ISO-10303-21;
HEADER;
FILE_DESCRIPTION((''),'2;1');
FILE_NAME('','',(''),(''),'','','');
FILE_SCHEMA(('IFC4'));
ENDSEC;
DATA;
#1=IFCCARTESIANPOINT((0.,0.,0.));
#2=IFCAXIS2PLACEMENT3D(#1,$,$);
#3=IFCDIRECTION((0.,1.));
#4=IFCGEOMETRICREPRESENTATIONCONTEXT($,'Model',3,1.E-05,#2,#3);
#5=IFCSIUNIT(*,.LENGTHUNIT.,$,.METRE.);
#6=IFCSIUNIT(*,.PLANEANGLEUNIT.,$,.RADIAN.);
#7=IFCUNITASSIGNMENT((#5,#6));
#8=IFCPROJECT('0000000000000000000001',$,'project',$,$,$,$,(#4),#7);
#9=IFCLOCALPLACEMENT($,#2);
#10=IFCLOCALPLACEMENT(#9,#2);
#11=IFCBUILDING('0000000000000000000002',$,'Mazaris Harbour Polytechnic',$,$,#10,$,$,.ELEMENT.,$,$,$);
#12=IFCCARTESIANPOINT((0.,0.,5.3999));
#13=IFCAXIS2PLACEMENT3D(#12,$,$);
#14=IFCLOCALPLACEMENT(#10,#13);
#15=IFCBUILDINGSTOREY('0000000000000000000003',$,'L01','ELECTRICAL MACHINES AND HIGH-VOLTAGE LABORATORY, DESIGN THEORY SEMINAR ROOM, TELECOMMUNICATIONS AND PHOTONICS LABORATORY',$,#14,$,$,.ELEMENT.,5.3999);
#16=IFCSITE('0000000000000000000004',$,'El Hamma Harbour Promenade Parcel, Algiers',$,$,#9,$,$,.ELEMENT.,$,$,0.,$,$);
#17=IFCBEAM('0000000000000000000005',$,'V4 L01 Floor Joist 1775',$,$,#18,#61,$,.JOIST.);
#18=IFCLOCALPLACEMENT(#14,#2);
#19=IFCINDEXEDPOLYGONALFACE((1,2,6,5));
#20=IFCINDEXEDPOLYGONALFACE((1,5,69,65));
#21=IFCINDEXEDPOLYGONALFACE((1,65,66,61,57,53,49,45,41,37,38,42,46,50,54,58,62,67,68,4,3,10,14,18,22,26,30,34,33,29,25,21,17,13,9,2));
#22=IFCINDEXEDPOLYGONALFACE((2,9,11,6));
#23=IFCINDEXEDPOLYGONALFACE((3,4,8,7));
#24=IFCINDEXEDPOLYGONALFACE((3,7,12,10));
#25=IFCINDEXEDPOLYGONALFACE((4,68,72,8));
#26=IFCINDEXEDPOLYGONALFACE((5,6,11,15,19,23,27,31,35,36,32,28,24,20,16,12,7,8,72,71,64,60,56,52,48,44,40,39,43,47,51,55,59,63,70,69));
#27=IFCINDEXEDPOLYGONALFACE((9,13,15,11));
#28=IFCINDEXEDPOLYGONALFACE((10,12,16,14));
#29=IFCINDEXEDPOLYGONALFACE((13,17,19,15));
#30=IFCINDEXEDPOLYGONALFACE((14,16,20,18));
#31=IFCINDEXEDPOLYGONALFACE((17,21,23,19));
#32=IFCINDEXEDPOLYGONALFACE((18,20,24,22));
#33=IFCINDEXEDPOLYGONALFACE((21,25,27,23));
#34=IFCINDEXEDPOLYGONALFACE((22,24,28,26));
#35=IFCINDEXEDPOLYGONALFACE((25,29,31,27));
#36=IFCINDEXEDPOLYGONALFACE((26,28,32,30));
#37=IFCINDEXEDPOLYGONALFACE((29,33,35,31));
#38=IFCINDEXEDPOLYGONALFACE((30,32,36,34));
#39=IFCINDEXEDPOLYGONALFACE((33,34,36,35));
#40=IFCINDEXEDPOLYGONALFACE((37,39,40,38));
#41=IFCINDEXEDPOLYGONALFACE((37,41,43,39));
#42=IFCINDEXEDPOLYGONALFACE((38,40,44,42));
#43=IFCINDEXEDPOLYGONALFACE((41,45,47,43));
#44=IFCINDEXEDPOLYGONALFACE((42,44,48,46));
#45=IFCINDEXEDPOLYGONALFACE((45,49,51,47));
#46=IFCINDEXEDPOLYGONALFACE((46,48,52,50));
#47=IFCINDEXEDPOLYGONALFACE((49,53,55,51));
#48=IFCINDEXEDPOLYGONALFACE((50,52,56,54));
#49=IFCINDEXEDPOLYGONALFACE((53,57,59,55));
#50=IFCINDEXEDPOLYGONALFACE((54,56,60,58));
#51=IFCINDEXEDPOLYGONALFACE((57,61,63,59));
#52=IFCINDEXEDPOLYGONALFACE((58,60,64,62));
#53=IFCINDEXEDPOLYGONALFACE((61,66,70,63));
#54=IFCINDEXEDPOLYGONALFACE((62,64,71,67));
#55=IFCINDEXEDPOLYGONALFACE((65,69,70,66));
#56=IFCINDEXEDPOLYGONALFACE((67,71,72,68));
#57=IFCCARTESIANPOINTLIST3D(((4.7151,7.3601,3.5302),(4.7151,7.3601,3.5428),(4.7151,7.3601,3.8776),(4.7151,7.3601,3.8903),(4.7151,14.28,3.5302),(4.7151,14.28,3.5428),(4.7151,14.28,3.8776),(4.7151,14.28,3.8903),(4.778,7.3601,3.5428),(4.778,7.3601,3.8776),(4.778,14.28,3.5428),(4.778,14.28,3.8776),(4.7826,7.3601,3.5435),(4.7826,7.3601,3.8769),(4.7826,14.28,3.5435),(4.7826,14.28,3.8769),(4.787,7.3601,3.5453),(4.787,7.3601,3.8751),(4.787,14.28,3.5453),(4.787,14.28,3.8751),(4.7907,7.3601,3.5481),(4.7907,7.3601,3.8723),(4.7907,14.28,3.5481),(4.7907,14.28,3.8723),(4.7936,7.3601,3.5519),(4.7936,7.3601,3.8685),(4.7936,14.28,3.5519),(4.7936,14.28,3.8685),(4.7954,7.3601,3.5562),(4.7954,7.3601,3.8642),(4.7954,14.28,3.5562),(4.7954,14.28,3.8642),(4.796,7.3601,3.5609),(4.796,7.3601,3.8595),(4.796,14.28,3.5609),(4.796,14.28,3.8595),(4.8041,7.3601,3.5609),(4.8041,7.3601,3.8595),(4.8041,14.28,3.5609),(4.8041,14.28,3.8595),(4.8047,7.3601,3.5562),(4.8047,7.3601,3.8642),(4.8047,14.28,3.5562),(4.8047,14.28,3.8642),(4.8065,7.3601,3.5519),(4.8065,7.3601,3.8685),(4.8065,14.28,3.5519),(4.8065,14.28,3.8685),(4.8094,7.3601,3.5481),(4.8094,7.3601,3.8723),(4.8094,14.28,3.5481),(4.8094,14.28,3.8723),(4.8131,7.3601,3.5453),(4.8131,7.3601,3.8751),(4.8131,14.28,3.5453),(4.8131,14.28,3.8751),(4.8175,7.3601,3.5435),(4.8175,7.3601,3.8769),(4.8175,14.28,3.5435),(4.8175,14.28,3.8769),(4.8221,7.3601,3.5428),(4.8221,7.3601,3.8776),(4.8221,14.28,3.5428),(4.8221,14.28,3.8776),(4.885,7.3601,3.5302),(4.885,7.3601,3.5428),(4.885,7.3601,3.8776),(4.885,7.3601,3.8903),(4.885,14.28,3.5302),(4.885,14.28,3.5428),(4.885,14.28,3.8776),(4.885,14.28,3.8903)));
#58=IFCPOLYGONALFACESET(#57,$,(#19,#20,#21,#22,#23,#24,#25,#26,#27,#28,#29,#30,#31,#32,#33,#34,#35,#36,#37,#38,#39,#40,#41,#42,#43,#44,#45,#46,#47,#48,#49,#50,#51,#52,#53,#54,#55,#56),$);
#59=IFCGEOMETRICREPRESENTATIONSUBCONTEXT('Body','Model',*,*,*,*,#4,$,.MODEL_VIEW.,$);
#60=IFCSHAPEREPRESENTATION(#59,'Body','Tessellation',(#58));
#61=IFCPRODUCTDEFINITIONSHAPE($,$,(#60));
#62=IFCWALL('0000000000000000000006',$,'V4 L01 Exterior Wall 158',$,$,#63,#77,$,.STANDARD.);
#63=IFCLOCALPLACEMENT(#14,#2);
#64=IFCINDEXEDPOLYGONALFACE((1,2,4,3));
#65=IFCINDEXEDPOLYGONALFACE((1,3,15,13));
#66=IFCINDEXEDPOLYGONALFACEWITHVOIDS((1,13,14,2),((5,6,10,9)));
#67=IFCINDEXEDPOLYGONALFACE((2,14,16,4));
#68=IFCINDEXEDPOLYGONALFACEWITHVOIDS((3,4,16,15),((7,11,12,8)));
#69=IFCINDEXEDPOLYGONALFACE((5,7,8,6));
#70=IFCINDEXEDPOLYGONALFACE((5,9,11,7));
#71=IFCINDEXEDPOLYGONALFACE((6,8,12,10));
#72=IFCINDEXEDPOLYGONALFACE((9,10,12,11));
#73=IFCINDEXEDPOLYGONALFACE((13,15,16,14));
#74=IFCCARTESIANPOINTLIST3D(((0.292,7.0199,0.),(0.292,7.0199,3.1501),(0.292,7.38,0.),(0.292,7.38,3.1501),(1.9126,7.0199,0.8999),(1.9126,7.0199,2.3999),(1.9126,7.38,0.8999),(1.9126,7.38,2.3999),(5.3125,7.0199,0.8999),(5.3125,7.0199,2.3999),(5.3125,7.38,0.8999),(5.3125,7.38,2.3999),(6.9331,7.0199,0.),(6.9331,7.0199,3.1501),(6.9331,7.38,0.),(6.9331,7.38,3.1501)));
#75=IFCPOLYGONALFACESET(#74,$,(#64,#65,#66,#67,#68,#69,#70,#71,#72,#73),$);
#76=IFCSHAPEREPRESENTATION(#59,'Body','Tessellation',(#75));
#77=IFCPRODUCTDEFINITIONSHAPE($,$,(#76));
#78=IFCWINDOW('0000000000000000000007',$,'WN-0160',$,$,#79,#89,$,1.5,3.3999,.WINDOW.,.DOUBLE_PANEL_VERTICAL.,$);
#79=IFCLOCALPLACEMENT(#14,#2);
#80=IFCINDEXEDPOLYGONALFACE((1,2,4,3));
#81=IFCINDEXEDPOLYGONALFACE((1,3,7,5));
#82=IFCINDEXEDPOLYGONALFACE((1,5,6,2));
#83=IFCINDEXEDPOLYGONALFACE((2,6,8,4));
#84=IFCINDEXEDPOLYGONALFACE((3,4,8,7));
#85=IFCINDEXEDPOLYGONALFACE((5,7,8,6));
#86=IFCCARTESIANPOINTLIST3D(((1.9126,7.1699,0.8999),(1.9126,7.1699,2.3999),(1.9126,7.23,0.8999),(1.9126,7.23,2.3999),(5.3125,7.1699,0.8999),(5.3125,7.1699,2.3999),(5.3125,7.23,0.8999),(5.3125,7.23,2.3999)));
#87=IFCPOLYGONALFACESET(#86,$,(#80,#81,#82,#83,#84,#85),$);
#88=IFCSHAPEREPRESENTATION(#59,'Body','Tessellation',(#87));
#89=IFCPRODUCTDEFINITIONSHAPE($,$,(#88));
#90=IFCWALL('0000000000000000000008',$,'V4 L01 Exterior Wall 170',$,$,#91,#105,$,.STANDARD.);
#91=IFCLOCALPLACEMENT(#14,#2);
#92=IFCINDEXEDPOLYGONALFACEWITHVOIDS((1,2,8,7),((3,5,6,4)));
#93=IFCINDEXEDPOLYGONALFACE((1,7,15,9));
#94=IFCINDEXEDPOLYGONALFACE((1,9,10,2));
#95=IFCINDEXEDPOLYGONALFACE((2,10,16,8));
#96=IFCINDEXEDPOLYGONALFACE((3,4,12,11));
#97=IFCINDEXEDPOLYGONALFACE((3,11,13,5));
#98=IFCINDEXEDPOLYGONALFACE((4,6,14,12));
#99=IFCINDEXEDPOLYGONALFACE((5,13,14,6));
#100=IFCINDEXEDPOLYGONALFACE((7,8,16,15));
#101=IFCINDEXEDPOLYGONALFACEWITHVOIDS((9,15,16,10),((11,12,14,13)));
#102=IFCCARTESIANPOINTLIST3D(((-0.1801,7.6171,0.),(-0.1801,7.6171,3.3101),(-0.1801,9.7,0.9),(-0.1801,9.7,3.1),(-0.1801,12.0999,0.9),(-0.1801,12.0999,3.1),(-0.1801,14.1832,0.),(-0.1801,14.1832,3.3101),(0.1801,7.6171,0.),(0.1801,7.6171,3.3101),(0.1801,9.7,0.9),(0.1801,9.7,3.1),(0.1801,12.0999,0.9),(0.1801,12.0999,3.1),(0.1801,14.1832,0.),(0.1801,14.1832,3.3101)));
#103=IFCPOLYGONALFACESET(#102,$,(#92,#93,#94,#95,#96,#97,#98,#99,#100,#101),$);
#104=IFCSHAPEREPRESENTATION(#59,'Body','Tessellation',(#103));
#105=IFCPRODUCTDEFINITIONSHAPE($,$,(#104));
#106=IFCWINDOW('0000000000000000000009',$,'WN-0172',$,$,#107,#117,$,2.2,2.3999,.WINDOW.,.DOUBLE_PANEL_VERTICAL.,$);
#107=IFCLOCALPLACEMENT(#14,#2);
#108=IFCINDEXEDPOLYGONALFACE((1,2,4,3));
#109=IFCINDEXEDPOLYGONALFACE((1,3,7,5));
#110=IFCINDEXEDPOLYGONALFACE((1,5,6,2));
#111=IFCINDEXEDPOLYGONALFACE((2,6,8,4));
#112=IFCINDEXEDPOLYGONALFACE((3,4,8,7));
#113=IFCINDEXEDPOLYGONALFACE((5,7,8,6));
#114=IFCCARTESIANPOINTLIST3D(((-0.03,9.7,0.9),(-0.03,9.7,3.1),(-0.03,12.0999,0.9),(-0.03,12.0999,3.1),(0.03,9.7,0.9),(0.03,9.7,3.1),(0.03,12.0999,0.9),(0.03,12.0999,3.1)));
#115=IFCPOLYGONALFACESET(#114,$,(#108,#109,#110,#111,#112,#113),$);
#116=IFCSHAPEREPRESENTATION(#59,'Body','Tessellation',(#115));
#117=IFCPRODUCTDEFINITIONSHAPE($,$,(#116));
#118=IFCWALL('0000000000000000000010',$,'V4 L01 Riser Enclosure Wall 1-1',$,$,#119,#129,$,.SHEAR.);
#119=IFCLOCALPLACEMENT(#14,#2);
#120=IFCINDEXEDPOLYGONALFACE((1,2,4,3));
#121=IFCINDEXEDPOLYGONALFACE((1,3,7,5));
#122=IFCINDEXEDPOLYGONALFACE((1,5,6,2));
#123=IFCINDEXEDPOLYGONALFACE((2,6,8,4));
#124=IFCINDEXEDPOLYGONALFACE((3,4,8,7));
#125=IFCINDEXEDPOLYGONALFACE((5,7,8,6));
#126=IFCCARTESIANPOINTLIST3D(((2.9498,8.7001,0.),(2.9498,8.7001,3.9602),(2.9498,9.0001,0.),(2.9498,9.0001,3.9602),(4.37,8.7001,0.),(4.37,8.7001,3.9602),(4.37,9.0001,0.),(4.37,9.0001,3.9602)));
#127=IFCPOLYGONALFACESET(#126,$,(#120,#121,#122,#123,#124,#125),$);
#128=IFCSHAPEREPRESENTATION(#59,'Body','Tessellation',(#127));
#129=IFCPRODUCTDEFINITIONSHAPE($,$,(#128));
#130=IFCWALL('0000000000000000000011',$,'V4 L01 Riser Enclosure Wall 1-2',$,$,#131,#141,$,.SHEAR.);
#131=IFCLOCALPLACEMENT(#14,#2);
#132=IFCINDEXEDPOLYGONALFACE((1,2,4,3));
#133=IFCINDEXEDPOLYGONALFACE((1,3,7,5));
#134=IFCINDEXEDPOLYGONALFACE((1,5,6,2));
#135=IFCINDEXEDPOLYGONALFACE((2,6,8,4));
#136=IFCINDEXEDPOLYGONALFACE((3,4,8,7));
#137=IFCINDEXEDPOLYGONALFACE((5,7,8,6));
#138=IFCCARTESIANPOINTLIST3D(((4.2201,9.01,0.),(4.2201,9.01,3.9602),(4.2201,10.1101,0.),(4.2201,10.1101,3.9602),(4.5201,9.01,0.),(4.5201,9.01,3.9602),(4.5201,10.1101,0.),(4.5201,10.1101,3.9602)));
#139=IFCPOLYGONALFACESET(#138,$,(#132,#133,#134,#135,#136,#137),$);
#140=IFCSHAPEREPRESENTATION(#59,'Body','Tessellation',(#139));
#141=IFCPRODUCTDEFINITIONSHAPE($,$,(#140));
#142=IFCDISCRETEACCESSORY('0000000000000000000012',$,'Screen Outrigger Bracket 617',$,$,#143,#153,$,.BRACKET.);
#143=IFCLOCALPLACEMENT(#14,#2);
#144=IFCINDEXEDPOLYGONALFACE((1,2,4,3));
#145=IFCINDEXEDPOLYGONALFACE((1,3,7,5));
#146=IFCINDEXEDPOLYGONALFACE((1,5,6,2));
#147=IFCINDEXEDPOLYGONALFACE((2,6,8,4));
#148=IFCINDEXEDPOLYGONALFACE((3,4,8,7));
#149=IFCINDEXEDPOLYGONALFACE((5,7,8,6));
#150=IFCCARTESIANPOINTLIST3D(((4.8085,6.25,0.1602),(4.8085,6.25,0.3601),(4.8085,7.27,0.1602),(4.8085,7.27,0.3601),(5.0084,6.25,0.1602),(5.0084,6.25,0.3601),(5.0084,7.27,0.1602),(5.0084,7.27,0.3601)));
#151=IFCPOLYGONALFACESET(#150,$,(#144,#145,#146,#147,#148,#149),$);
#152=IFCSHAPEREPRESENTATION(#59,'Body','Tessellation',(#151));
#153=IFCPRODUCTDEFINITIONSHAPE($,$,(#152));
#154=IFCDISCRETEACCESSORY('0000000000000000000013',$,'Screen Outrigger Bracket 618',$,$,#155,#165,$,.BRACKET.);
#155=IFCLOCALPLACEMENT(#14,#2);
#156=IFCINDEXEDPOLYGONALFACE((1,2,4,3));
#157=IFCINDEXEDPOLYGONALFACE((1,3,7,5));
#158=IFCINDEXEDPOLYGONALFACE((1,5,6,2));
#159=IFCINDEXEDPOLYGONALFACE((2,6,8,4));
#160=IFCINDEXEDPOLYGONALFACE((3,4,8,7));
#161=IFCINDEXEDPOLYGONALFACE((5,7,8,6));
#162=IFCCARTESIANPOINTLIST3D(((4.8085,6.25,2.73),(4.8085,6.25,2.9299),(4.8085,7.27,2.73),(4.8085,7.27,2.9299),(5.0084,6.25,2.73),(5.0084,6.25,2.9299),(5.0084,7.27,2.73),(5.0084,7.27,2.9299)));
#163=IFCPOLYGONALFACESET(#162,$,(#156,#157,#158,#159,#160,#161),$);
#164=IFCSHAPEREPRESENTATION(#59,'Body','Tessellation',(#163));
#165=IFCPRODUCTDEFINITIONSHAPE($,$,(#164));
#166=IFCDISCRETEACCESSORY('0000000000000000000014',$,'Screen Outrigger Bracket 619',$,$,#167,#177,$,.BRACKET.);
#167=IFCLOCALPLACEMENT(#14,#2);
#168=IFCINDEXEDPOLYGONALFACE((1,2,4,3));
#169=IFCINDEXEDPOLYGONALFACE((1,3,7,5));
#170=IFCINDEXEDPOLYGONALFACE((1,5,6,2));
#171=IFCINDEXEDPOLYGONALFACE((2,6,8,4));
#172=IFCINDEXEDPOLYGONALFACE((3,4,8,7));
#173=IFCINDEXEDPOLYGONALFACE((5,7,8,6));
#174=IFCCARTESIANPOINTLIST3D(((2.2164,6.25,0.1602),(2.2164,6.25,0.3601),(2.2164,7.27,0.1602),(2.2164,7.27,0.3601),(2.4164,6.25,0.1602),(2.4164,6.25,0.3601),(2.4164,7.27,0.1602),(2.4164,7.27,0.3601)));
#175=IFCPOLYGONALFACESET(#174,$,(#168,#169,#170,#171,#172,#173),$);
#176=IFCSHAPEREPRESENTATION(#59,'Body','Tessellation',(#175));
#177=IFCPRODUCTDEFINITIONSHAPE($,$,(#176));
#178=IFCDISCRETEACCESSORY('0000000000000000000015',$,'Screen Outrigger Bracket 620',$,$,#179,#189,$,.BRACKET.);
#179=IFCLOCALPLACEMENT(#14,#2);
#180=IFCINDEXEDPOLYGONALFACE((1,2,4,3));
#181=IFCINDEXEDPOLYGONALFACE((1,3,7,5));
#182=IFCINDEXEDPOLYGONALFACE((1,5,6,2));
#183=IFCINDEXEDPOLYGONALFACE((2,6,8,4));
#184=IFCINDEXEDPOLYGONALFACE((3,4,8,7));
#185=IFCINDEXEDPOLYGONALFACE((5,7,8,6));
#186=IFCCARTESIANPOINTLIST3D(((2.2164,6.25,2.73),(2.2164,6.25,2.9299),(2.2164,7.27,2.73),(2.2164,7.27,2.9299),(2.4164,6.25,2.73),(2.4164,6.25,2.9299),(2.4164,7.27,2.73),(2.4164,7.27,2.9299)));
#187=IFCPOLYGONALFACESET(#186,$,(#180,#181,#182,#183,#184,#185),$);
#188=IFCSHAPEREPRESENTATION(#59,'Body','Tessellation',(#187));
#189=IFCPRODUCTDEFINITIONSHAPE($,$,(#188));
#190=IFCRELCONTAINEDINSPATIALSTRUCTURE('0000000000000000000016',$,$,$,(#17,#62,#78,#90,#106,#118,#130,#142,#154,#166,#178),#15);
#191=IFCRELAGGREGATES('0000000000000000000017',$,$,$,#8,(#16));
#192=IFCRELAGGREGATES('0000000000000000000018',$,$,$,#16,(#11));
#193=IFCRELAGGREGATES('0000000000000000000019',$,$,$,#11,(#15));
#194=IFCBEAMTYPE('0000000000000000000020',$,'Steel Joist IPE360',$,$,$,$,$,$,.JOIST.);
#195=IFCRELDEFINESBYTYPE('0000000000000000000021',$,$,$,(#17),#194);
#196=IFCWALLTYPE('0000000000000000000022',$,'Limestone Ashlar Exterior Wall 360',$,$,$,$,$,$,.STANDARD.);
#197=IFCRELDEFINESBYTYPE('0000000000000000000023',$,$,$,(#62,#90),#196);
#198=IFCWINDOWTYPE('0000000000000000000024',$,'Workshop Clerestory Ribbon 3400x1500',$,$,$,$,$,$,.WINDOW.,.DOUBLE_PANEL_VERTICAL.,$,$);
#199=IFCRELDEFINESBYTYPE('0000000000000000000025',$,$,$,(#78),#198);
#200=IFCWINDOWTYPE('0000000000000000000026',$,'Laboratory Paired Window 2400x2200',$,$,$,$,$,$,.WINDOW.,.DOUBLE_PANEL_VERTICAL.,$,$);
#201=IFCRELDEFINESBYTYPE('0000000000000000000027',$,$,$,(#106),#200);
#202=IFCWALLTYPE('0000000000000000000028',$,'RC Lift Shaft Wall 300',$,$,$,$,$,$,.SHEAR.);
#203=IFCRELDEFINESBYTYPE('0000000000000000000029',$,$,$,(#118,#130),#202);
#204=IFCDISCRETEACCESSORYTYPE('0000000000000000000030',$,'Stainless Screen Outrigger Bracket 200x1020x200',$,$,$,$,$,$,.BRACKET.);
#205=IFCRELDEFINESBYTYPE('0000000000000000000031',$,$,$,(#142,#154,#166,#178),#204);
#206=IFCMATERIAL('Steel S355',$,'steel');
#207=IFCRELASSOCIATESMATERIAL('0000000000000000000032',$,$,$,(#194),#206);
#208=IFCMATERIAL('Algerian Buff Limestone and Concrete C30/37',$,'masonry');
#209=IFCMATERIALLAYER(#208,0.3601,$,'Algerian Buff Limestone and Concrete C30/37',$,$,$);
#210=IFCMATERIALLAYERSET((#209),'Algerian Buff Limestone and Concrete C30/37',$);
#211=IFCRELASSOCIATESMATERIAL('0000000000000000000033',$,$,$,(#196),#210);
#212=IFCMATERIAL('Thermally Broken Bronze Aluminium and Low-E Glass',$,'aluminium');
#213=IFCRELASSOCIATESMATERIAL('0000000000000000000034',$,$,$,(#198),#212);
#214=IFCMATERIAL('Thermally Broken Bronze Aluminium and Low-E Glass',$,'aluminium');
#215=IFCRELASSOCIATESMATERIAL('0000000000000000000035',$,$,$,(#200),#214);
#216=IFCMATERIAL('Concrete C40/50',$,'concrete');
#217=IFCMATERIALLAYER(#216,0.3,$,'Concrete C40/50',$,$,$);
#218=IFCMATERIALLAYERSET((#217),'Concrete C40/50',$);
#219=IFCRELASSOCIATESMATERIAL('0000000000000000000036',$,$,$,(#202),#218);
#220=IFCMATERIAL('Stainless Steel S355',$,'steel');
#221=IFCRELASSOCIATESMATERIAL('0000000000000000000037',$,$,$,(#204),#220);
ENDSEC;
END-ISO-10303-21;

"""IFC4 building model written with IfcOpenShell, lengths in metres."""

from ifc_helpers import new_model, si_unit, direction, frame, frame_2d, origin, origin_2d, place, context, subcontext, project, spatial, rectangle, i_section, extrude, material, layer, layer_set, material_profile, profile_set, type_object, element, fill, save


model = new_model("IFC4")

# Units and contexts
model_context = context("Model", 3, precision=1e-05, world=origin(), true_north=direction((0.0, 1.0)))
body_context = subcontext(model_context, "Body", "Model", "MODEL_VIEW")
ifc_project = project(units=[si_unit("LENGTHUNIT", "METRE"), si_unit("PLANEANGLEUNIT", "RADIAN")], contexts=[model_context])

# Site, building, storey
site_placement = place(None, origin())
site = spatial("IfcSite", under=ifc_project, at=site_placement, Name="El Hamma Harbour Promenade Parcel, Algiers", CompositionType="ELEMENT", RefElevation=0.0)
building_placement = place(site_placement, origin())
building = spatial("IfcBuilding", under=site, at=building_placement, Name="Mazaris Harbour Polytechnic", CompositionType="ELEMENT")
storey_placement = place(building_placement, frame((0.0, 0.0, 5.3999)))
storey = spatial("IfcBuildingStorey", under=building, at=storey_placement, Name="L01", Description="ELECTRICAL MACHINES AND HIGH-VOLTAGE LABORATORY, DESIGN THEORY SEMINAR ROOM, TELECOMMUNICATIONS AND PHOTONICS LABORATORY", CompositionType="ELEMENT", Elevation=5.3999)

# Beam
ifc_material_1 = material(Name="Steel S355", Category="steel")
ifc_material_profile_1 = material_profile(ifc_material_1, i_section(OverallWidth=0.1699, OverallDepth=0.3601, WebThickness=0.0081, FlangeThickness=0.0127, FilletRadius=0.0181, at=origin_2d()), Name="IPE 360")
ifc_profile_set_1 = profile_set([ifc_material_profile_1], Name="Steel S355")
beam_type_1 = type_object("IfcBeamType", Name="Steel Joist IPE360", PredefinedType="JOIST", material=ifc_profile_set_1)
beam_1_placement = place(storey_placement, frame((4.8, 7.3601, 3.7102), z_axis=(0.0, 1.0, 0.0), x_axis=(-1.0, 0.0, 0.0)))
element("IfcBeam", 1, at=beam_1_placement, inside=storey, type_object=beam_type_1, Name="V4 L01 Floor Joist 1775", PredefinedType="JOIST", context=body_context, shape_type="SweptSolid", body=[
    extrude(i_section(OverallWidth=0.1699, OverallDepth=0.3601, WebThickness=0.0081, FlangeThickness=0.0127, FilletRadius=0.0181, at=origin_2d()), origin(), (0.0, 0.0, 1.0), 6.9199),
])

# Walls, openings, windows
ifc_material_2 = material(Name="Algerian Buff Limestone and Concrete C30/37", Category="masonry")
ifc_layer_1 = layer(ifc_material_2, 0.3601, Name="Algerian Buff Limestone and Concrete C30/37")
ifc_layer_set_1 = layer_set([ifc_layer_1], Name="Algerian Buff Limestone and Concrete C30/37")
wall_type_1 = type_object("IfcWallType", Name="Limestone Ashlar Exterior Wall 360", PredefinedType="STANDARD", material=ifc_layer_set_1)
wall_1_placement = place(storey_placement, frame((6.9331, 7.2, 0.0), z_axis=(0.0, 0.0, 1.0), x_axis=(-1.0, 0.0, 0.0)))
wall_1 = element("IfcWall", 2, at=wall_1_placement, inside=storey, type_object=wall_type_1, Name="V4 L01 Exterior Wall 158", PredefinedType="STANDARD", context=body_context, shape_type="SweptSolid", body=[
    extrude(rectangle(XDim=6.6411, YDim=0.3601, at=frame_2d((3.3206, 0.0))), origin(), (0.0, 0.0, 1.0), 3.1501),
])
opening_1_placement = place(wall_1_placement, frame((1.6206, 0.0, 0.8999)))
opening_1 = element("IfcOpeningElement", 3, at=opening_1_placement, cuts=wall_1, PredefinedType="OPENING", context=body_context, shape_type="SweptSolid", body=[
    extrude(rectangle(XDim=3.3999, YDim=1.5, at=frame_2d((1.7, 0.75))), frame((0.0, 0.1899, 0.0), z_axis=(0.0, -1.0, 0.0), x_axis=(1.0, 0.0, 0.0)), (0.0, 0.0, 1.0), 0.3801),
])
ifc_material_3 = material(Name="Thermally Broken Bronze Aluminium and Low-E Glass", Category="aluminium")
window_type_1 = type_object("IfcWindowType", Name="Workshop Clerestory Ribbon 3400x1500", PartitioningType="DOUBLE_PANEL_VERTICAL", PredefinedType="WINDOW", material=ifc_material_3)
window_1_placement = place(opening_1_placement, origin())
window_1 = element("IfcWindow", 4, at=window_1_placement, inside=storey, type_object=window_type_1, Name="WN-0160", OverallHeight=1.5, OverallWidth=3.3999, PartitioningType="DOUBLE_PANEL_VERTICAL", PredefinedType="WINDOW", context=body_context, shape_type="SweptSolid", body=[
    extrude(rectangle(XDim=3.3999, YDim=1.5, at=frame_2d((1.7, 0.75))), frame((0.0, 0.03, 0.0), z_axis=(0.0, -1.0, 0.0), x_axis=(1.0, 0.0, 0.0)), (0.0, 0.0, 1.0), 0.0601),
])
fill(opening_1, window_1)
wall_2_placement = place(storey_placement, frame((0.0, 7.6169, 0.0), z_axis=(0.0, 0.0, 1.0), x_axis=(0.0, 1.0, 0.0)))
wall_2 = element("IfcWall", 5, at=wall_2_placement, inside=storey, type_object=wall_type_1, Name="V4 L01 Exterior Wall 170", PredefinedType="STANDARD", context=body_context, shape_type="SweptSolid", body=[
    extrude(rectangle(XDim=6.5662, YDim=0.3601, at=frame_2d((3.2832, 0.0))), origin(), (0.0, 0.0, 1.0), 3.3101),
])
opening_2_placement = place(wall_2_placement, frame((2.083, 0.0, 0.8999)))
opening_2 = element("IfcOpeningElement", 6, at=opening_2_placement, cuts=wall_2, PredefinedType="OPENING", context=body_context, shape_type="SweptSolid", body=[
    extrude(rectangle(XDim=2.3999, YDim=2.2, at=frame_2d((1.2, 1.1001))), frame((0.0, 0.1899, 0.0), z_axis=(0.0, -1.0, 0.0), x_axis=(1.0, 0.0, 0.0)), (0.0, 0.0, 1.0), 0.3801),
])
ifc_material_4 = material(Name="Thermally Broken Bronze Aluminium and Low-E Glass", Category="aluminium")
window_type_2 = type_object("IfcWindowType", Name="Laboratory Paired Window 2400x2200", PartitioningType="DOUBLE_PANEL_VERTICAL", PredefinedType="WINDOW", material=ifc_material_4)
window_2_placement = place(opening_2_placement, origin())
window_2 = element("IfcWindow", 7, at=window_2_placement, inside=storey, type_object=window_type_2, Name="WN-0172", OverallHeight=2.2, OverallWidth=2.3999, PartitioningType="DOUBLE_PANEL_VERTICAL", PredefinedType="WINDOW", context=body_context, shape_type="SweptSolid", body=[
    extrude(rectangle(XDim=2.3999, YDim=2.2, at=frame_2d((1.2, 1.1001))), frame((0.0, 0.03, 0.0), z_axis=(0.0, -1.0, 0.0), x_axis=(1.0, 0.0, 0.0)), (0.0, 0.0, 1.0), 0.0601),
])
fill(opening_2, window_2)

# Walls
ifc_material_5 = material(Name="Concrete C40/50", Category="concrete")
ifc_layer_2 = layer(ifc_material_5, 0.3, Name="Concrete C40/50")
ifc_layer_set_2 = layer_set([ifc_layer_2], Name="Concrete C40/50")
wall_type_2 = type_object("IfcWallType", Name="RC Lift Shaft Wall 300", PredefinedType="SHEAR", material=ifc_layer_set_2)
wall_3_placement = place(storey_placement, frame((2.95, 8.8501, 0.0), z_axis=(0.0, 0.0, 1.0), x_axis=(1.0, 0.0, 0.0)))
element("IfcWall", 8, at=wall_3_placement, inside=storey, type_object=wall_type_2, Name="V4 L01 Riser Enclosure Wall 1-1", PredefinedType="SHEAR", context=body_context, shape_type="SweptSolid", body=[
    extrude(rectangle(XDim=1.4202, YDim=0.3, at=frame_2d((0.71, 0.0))), origin(), (0.0, 0.0, 1.0), 3.9602),
])
wall_4_placement = place(storey_placement, frame((4.3701, 9.01, 0.0), z_axis=(0.0, 0.0, 1.0), x_axis=(0.0, 1.0, 0.0)))
element("IfcWall", 9, at=wall_4_placement, inside=storey, type_object=wall_type_2, Name="V4 L01 Riser Enclosure Wall 1-2", PredefinedType="SHEAR", context=body_context, shape_type="SweptSolid", body=[
    extrude(rectangle(XDim=1.1001, YDim=0.3, at=frame_2d((0.55, 0.0))), origin(), (0.0, 0.0, 1.0), 3.9602),
])

# Discrete accessories
ifc_material_6 = material(Name="Stainless Steel S355", Category="steel")
discrete_accessory_type = type_object("IfcDiscreteAccessoryType", Name="Stainless Screen Outrigger Bracket 200x1020x200", PredefinedType="BRACKET", material=ifc_material_6)
for number, where, z_axis, x_axis, name in (
    (10, (4.9084, 6.76, 0.1602), (0.0, 0.0, 1.0), (-1.0, 0.0, 0.0), "Screen Outrigger Bracket 617"),
    (11, (4.9084, 6.76, 2.73), (0.0, 0.0, 1.0), (-1.0, 0.0, 0.0), "Screen Outrigger Bracket 618"),
    (12, (2.3164, 6.76, 0.1602), (0.0, 0.0, 1.0), (-1.0, 0.0, 0.0), "Screen Outrigger Bracket 619"),
    (13, (2.3164, 6.76, 2.73), (0.0, 0.0, 1.0), (-1.0, 0.0, 0.0), "Screen Outrigger Bracket 620"),
):
    element("IfcDiscreteAccessory", number, at=place(storey_placement, frame(where, z_axis=z_axis, x_axis=x_axis)), inside=storey, type_object=discrete_accessory_type, Name=name, PredefinedType="BRACKET", context=body_context, shape_type="SweptSolid", body=[
        extrude(rectangle(XDim=0.2, YDim=1.02, at=origin_2d()), origin(), (0.0, 0.0, 1.0), 0.2),
    ])

save(model, "model.ifc")
